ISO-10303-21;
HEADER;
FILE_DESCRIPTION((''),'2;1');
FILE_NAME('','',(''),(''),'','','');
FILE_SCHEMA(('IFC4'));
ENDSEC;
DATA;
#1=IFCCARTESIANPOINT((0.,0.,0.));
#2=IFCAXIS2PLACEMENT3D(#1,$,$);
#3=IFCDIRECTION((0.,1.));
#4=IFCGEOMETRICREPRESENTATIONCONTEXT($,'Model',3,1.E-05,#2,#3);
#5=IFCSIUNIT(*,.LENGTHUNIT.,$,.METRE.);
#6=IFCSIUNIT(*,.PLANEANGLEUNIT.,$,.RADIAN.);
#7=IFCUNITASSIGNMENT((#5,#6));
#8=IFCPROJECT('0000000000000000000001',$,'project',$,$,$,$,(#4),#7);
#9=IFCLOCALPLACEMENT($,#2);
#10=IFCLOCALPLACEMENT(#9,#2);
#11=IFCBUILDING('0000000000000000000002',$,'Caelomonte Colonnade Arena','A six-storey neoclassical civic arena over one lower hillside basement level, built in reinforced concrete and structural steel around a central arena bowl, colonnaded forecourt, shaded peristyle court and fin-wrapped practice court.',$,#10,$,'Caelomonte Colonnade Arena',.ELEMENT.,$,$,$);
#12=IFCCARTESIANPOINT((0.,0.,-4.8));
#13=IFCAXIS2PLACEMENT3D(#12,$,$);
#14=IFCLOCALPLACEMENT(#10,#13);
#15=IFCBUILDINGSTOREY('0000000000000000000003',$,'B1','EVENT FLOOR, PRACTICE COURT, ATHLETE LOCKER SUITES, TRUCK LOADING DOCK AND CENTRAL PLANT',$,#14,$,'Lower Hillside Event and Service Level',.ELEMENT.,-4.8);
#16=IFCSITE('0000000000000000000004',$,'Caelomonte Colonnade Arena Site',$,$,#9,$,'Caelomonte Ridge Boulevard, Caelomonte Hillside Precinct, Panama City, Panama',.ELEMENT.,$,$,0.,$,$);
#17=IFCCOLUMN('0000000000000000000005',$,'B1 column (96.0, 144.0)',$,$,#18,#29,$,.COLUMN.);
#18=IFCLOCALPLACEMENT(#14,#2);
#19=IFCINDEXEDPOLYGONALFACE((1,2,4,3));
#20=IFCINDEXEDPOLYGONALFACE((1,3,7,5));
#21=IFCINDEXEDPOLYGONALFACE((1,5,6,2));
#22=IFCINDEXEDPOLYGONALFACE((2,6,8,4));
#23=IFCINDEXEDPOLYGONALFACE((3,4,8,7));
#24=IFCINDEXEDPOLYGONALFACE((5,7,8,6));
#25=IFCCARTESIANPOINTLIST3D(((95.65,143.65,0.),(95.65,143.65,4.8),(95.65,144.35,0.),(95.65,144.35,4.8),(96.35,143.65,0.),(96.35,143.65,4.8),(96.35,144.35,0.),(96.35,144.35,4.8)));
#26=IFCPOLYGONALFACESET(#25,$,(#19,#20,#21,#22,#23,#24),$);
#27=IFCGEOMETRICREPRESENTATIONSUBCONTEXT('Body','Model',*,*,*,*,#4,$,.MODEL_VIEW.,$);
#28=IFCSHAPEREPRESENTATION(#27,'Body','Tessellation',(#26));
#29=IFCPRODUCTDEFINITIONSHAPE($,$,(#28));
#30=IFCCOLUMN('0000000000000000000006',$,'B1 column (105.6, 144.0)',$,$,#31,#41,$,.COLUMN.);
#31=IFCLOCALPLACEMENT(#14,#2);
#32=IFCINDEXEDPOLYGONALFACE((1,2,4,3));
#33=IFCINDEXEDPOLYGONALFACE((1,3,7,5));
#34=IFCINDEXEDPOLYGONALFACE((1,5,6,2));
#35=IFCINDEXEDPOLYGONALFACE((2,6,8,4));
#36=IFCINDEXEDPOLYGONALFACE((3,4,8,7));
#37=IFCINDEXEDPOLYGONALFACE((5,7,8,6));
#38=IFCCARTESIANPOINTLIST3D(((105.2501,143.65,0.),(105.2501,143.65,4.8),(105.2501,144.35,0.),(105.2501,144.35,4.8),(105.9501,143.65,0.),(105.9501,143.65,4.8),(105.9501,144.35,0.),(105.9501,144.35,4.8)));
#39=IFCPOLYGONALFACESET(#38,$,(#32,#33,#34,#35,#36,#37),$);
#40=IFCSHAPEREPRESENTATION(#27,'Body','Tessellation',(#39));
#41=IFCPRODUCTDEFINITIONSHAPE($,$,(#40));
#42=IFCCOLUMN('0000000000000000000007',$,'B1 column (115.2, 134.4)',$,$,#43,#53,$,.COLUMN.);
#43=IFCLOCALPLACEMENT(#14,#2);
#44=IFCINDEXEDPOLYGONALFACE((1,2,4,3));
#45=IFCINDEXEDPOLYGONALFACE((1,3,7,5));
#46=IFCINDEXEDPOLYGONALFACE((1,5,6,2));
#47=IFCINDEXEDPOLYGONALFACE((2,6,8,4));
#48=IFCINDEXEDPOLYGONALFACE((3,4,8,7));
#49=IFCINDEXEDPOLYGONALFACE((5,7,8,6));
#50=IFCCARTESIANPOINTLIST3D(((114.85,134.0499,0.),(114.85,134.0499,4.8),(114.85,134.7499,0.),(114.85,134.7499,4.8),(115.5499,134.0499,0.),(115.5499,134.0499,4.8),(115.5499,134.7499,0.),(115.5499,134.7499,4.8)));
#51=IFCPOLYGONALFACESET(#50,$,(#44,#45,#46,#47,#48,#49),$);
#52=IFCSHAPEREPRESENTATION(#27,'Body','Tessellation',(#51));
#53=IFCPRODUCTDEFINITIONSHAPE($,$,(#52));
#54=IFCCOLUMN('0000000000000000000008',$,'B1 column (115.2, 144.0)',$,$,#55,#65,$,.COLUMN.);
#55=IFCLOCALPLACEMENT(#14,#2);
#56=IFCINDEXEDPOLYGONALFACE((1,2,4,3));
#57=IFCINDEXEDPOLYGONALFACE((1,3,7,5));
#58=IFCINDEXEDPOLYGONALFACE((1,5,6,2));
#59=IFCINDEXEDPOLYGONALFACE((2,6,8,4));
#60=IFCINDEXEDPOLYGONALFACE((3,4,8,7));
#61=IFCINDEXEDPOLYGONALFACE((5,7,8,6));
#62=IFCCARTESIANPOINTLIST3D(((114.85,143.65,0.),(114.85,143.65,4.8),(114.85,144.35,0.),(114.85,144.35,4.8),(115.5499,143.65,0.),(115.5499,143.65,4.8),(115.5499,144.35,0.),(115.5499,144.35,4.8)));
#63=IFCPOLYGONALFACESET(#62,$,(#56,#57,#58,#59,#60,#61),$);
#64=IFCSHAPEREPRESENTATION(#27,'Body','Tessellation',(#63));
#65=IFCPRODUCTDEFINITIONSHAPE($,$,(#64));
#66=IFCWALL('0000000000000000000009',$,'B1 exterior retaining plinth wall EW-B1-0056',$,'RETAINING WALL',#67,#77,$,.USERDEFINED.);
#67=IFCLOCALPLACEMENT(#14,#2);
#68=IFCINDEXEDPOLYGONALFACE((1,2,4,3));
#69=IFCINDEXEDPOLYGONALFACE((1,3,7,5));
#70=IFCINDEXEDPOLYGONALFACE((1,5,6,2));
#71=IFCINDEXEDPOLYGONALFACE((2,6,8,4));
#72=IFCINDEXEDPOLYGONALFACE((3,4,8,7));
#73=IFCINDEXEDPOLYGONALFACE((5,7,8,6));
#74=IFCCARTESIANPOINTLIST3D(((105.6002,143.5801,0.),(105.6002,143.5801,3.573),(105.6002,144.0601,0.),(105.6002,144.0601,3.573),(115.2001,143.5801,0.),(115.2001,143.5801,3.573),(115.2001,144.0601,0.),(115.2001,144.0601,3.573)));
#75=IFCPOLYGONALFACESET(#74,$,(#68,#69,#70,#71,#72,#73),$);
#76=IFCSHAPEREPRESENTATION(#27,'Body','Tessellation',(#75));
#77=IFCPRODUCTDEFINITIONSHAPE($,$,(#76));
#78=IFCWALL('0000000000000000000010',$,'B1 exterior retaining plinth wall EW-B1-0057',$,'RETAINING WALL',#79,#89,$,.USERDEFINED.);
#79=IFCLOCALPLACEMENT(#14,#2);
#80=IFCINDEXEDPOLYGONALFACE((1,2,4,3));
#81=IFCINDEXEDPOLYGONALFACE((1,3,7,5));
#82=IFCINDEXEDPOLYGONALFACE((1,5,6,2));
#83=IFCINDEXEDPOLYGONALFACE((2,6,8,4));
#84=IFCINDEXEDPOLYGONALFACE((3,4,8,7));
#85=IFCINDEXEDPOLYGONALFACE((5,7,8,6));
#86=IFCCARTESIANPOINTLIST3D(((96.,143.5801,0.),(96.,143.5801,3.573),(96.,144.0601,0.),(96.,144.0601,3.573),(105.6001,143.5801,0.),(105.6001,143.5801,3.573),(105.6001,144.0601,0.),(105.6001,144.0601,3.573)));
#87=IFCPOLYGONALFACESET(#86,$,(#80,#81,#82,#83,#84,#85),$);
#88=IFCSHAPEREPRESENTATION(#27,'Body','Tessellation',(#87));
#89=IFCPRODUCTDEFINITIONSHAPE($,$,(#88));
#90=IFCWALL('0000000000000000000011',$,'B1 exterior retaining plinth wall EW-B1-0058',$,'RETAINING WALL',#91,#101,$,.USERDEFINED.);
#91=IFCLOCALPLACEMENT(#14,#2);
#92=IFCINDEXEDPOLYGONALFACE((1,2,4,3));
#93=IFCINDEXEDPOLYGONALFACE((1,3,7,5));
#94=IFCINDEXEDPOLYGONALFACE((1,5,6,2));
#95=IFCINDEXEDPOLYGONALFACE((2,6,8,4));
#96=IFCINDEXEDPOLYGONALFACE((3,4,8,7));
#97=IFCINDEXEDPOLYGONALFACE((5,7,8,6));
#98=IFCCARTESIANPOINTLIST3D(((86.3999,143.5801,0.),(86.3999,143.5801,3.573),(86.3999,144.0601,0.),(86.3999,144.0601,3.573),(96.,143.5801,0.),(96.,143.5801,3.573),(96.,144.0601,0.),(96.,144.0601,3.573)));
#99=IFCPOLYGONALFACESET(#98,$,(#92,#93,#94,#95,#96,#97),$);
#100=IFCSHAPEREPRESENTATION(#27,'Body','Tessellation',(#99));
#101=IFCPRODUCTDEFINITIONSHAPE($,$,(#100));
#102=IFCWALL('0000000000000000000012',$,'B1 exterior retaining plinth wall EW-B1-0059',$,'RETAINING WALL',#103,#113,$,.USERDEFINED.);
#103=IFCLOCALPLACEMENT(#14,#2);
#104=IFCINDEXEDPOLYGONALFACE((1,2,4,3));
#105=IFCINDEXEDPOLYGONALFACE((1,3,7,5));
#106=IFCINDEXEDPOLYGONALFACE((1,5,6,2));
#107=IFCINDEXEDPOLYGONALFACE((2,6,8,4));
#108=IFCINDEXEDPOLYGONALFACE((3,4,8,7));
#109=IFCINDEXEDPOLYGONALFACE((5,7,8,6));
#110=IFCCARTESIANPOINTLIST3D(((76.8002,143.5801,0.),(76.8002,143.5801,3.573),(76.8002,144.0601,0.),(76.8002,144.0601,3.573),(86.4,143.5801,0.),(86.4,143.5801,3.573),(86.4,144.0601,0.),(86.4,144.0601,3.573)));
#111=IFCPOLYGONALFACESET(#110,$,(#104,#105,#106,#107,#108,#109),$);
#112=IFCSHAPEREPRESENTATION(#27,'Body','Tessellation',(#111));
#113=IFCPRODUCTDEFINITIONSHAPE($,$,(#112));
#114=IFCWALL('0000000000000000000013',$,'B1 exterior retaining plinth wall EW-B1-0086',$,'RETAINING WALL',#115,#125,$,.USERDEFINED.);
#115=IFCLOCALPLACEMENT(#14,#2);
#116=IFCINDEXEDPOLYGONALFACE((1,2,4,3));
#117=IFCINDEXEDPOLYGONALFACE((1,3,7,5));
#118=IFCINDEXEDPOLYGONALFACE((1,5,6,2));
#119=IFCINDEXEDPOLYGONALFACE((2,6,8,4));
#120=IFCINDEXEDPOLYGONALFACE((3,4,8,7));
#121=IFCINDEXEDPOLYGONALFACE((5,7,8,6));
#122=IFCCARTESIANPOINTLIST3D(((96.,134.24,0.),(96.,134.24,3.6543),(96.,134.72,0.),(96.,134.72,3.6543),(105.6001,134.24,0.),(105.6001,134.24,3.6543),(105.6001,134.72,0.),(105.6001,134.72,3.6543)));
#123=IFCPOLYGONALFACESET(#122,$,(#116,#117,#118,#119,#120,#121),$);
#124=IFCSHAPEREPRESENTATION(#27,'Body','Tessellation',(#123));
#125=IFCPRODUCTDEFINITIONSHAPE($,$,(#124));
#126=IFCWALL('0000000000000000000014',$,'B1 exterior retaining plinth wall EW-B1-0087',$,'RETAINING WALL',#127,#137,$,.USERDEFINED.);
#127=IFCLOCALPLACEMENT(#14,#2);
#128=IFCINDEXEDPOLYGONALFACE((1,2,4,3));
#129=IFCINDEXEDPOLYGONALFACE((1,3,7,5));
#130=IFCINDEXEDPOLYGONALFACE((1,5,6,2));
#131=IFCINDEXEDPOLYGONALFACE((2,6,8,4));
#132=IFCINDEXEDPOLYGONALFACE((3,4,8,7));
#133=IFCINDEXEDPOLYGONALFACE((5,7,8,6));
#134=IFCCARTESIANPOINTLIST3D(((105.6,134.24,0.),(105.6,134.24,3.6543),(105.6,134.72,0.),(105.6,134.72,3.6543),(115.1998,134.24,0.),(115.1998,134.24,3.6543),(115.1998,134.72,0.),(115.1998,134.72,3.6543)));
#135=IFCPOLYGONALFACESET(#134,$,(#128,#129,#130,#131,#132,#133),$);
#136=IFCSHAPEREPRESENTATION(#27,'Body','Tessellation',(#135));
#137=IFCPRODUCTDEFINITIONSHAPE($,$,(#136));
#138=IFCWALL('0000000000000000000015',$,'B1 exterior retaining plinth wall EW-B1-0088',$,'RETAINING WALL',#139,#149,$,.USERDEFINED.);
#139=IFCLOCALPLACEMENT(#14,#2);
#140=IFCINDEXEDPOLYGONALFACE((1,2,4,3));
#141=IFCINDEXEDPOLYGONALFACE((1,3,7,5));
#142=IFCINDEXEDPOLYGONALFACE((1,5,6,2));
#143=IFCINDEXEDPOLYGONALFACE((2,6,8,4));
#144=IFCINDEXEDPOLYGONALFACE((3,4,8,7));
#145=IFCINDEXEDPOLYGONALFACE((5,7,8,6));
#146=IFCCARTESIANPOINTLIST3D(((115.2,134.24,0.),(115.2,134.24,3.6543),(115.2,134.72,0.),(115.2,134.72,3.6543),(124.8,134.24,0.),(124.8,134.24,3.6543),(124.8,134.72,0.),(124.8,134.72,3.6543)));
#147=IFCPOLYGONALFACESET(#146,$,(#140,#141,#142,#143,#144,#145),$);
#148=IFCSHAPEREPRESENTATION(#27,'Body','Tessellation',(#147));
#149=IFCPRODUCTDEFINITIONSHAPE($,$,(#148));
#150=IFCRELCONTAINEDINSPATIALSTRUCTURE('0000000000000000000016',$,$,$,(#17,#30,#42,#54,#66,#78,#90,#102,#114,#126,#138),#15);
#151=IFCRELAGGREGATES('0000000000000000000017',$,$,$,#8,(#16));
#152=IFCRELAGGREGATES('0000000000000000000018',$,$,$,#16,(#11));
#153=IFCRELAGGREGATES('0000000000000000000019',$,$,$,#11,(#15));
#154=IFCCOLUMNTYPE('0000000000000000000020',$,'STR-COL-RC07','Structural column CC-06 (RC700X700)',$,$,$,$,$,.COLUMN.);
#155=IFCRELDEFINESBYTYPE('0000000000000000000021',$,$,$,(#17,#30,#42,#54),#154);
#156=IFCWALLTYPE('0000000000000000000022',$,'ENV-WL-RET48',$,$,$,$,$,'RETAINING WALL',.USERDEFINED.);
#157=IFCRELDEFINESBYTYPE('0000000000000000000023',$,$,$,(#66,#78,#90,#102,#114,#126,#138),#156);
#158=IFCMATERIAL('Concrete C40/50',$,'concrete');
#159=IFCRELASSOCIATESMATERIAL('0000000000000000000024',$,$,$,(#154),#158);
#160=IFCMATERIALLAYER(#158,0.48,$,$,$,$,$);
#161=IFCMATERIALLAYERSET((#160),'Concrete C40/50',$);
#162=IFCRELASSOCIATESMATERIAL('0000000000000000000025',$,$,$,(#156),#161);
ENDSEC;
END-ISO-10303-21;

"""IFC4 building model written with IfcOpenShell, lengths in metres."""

from ifc_helpers import new_model, si_unit, direction, frame, frame_2d, origin, origin_2d, place, context, subcontext, project, spatial, rectangle, extrude, material, layer, layer_set, material_profile, profile_set, type_object, element, save


model = new_model("IFC4")

# Units and contexts
model_context = context("Model", 3, precision=1e-05, world=origin(), true_north=direction((0.0, 1.0)))
body_context = subcontext(model_context, "Body", "Model", "MODEL_VIEW")
ifc_project = project(units=[si_unit("LENGTHUNIT", "METRE"), si_unit("PLANEANGLEUNIT", "RADIAN")], contexts=[model_context])

# Site, building, storey
site_placement = place(None, origin())
site = spatial("IfcSite", under=ifc_project, at=site_placement, Name="Caelomonte Colonnade Arena Site", LongName="Caelomonte Ridge Boulevard, Caelomonte Hillside Precinct, Panama City, Panama", CompositionType="ELEMENT", RefElevation=0.0)
building_placement = place(site_placement, origin())
building = spatial("IfcBuilding", under=site, at=building_placement, Name="Caelomonte Colonnade Arena", Description="A six-storey neoclassical civic arena over one lower hillside basement level, built in reinforced concrete and structural steel around a central arena bowl, colonnaded forecourt, shaded peristyle court and fin-wrapped practice court.", LongName="Caelomonte Colonnade Arena", CompositionType="ELEMENT")
storey_placement = place(building_placement, frame((0.0, 0.0, -4.8)))
storey = spatial("IfcBuildingStorey", under=building, at=storey_placement, Name="B1", Description="EVENT FLOOR, PRACTICE COURT, ATHLETE LOCKER SUITES, TRUCK LOADING DOCK AND CENTRAL PLANT", LongName="Lower Hillside Event and Service Level", CompositionType="ELEMENT", Elevation=-4.8)

# Shared definitions
ifc_material = material(Name="Concrete C40/50", Category="concrete")

# Columns
ifc_material_profile_1 = material_profile(ifc_material, rectangle(XDim=0.7, YDim=0.7, at=origin_2d()), Name="RC700X700")
ifc_profile_set_1 = profile_set([ifc_material_profile_1], Name="Concrete C40/50")
column_type = type_object("IfcColumnType", Name="STR-COL-RC07", Description="Structural column CC-06 (RC700X700)", PredefinedType="COLUMN", material=ifc_profile_set_1)
for number, where, z_axis, x_axis, name in (
    (1, (96.0, 144.0, 0.0), (0.0, 0.0, 1.0), (1.0, 0.0, 0.0), "B1 column (96.0, 144.0)"),
    (2, (105.6001, 144.0, 0.0), (0.0, 0.0, 1.0), (1.0, 0.0, 0.0), "B1 column (105.6, 144.0)"),
    (3, (115.2, 134.3999, 0.0), (0.0, 0.0, 1.0), (1.0, 0.0, 0.0), "B1 column (115.2, 134.4)"),
    (4, (115.2, 144.0, 0.0), (0.0, 0.0, 1.0), (1.0, 0.0, 0.0), "B1 column (115.2, 144.0)"),
):
    element("IfcColumn", number, at=place(storey_placement, frame(where, z_axis=z_axis, x_axis=x_axis)), inside=storey, type_object=column_type, Name=name, PredefinedType="COLUMN", context=body_context, shape_type="SweptSolid", body=[
        extrude(rectangle(XDim=0.7, YDim=0.7, at=origin_2d()), origin(), (0.0, 0.0, 1.0), 4.8),
    ])

# Walls
ifc_layer = layer(ifc_material, 0.48)
ifc_layer_set = layer_set([ifc_layer], Name="Concrete C40/50")
wall_type = type_object("IfcWallType", Name="ENV-WL-RET48", ElementType="RETAINING WALL", PredefinedType="USERDEFINED", material=ifc_layer_set)
wall_1_placement = place(storey_placement, frame((115.2, 143.8201, 0.0), z_axis=(0.0, 0.0, 1.0), x_axis=(-1.0, 0.0, 0.0)))
element("IfcWall", 5, at=wall_1_placement, inside=storey, type_object=wall_type, Name="B1 exterior retaining plinth wall EW-B1-0056", ObjectType="RETAINING WALL", PredefinedType="USERDEFINED", context=body_context, shape_type="SweptSolid", body=[
    extrude(rectangle(XDim=9.5999, YDim=0.48, at=frame_2d((4.7998, 0.0))), origin(), (0.0, 0.0, 1.0), 3.573),
])
for number, where, z_axis, x_axis, name in (
    (6, (105.6001, 143.8201, 0.0), (0.0, 0.0, 1.0), (-1.0, 0.0, 0.0), "B1 exterior retaining plinth wall EW-B1-0057"),
    (7, (96.0, 143.8201, 0.0), (0.0, 0.0, 1.0), (-1.0, 0.0, 0.0), "B1 exterior retaining plinth wall EW-B1-0058"),
):
    element("IfcWall", number, at=place(storey_placement, frame(where, z_axis=z_axis, x_axis=x_axis)), inside=storey, type_object=wall_type, Name=name, ObjectType="RETAINING WALL", PredefinedType="USERDEFINED", context=body_context, shape_type="SweptSolid", body=[
        extrude(rectangle(XDim=9.6001, YDim=0.48, at=frame_2d((4.8, 0.0))), origin(), (0.0, 0.0, 1.0), 3.573),
    ])
wall_2_placement = place(storey_placement, frame((86.3999, 143.8201, 0.0), z_axis=(0.0, 0.0, 1.0), x_axis=(-1.0, 0.0, 0.0)))
element("IfcWall", 8, at=wall_2_placement, inside=storey, type_object=wall_type, Name="B1 exterior retaining plinth wall EW-B1-0059", ObjectType="RETAINING WALL", PredefinedType="USERDEFINED", context=body_context, shape_type="SweptSolid", body=[
    extrude(rectangle(XDim=9.5999, YDim=0.48, at=frame_2d((4.7998, 0.0))), origin(), (0.0, 0.0, 1.0), 3.573),
])
wall_3_placement = place(storey_placement, frame((96.0, 134.48, 0.0), z_axis=(0.0, 0.0, 1.0), x_axis=(1.0, 0.0, 0.0)))
element("IfcWall", 9, at=wall_3_placement, inside=storey, type_object=wall_type, Name="B1 exterior retaining plinth wall EW-B1-0086", ObjectType="RETAINING WALL", PredefinedType="USERDEFINED", context=body_context, shape_type="SweptSolid", body=[
    extrude(rectangle(XDim=9.6001, YDim=0.48, at=frame_2d((4.8, 0.0))), origin(), (0.0, 0.0, 1.0), 3.6543),
])
wall_4_placement = place(storey_placement, frame((105.6001, 134.48, 0.0), z_axis=(0.0, 0.0, 1.0), x_axis=(1.0, 0.0, 0.0)))
element("IfcWall", 10, at=wall_4_placement, inside=storey, type_object=wall_type, Name="B1 exterior retaining plinth wall EW-B1-0087", ObjectType="RETAINING WALL", PredefinedType="USERDEFINED", context=body_context, shape_type="SweptSolid", body=[
    extrude(rectangle(XDim=9.5999, YDim=0.48, at=frame_2d((4.7998, 0.0))), origin(), (0.0, 0.0, 1.0), 3.6543),
])
wall_5_placement = place(storey_placement, frame((115.2, 134.48, 0.0), z_axis=(0.0, 0.0, 1.0), x_axis=(1.0, 0.0, 0.0)))
element("IfcWall", 11, at=wall_5_placement, inside=storey, type_object=wall_type, Name="B1 exterior retaining plinth wall EW-B1-0088", ObjectType="RETAINING WALL", PredefinedType="USERDEFINED", context=body_context, shape_type="SweptSolid", body=[
    extrude(rectangle(XDim=9.6001, YDim=0.48, at=frame_2d((4.8, 0.0))), origin(), (0.0, 0.0, 1.0), 3.6543),
])

save(model, "model.ifc")
